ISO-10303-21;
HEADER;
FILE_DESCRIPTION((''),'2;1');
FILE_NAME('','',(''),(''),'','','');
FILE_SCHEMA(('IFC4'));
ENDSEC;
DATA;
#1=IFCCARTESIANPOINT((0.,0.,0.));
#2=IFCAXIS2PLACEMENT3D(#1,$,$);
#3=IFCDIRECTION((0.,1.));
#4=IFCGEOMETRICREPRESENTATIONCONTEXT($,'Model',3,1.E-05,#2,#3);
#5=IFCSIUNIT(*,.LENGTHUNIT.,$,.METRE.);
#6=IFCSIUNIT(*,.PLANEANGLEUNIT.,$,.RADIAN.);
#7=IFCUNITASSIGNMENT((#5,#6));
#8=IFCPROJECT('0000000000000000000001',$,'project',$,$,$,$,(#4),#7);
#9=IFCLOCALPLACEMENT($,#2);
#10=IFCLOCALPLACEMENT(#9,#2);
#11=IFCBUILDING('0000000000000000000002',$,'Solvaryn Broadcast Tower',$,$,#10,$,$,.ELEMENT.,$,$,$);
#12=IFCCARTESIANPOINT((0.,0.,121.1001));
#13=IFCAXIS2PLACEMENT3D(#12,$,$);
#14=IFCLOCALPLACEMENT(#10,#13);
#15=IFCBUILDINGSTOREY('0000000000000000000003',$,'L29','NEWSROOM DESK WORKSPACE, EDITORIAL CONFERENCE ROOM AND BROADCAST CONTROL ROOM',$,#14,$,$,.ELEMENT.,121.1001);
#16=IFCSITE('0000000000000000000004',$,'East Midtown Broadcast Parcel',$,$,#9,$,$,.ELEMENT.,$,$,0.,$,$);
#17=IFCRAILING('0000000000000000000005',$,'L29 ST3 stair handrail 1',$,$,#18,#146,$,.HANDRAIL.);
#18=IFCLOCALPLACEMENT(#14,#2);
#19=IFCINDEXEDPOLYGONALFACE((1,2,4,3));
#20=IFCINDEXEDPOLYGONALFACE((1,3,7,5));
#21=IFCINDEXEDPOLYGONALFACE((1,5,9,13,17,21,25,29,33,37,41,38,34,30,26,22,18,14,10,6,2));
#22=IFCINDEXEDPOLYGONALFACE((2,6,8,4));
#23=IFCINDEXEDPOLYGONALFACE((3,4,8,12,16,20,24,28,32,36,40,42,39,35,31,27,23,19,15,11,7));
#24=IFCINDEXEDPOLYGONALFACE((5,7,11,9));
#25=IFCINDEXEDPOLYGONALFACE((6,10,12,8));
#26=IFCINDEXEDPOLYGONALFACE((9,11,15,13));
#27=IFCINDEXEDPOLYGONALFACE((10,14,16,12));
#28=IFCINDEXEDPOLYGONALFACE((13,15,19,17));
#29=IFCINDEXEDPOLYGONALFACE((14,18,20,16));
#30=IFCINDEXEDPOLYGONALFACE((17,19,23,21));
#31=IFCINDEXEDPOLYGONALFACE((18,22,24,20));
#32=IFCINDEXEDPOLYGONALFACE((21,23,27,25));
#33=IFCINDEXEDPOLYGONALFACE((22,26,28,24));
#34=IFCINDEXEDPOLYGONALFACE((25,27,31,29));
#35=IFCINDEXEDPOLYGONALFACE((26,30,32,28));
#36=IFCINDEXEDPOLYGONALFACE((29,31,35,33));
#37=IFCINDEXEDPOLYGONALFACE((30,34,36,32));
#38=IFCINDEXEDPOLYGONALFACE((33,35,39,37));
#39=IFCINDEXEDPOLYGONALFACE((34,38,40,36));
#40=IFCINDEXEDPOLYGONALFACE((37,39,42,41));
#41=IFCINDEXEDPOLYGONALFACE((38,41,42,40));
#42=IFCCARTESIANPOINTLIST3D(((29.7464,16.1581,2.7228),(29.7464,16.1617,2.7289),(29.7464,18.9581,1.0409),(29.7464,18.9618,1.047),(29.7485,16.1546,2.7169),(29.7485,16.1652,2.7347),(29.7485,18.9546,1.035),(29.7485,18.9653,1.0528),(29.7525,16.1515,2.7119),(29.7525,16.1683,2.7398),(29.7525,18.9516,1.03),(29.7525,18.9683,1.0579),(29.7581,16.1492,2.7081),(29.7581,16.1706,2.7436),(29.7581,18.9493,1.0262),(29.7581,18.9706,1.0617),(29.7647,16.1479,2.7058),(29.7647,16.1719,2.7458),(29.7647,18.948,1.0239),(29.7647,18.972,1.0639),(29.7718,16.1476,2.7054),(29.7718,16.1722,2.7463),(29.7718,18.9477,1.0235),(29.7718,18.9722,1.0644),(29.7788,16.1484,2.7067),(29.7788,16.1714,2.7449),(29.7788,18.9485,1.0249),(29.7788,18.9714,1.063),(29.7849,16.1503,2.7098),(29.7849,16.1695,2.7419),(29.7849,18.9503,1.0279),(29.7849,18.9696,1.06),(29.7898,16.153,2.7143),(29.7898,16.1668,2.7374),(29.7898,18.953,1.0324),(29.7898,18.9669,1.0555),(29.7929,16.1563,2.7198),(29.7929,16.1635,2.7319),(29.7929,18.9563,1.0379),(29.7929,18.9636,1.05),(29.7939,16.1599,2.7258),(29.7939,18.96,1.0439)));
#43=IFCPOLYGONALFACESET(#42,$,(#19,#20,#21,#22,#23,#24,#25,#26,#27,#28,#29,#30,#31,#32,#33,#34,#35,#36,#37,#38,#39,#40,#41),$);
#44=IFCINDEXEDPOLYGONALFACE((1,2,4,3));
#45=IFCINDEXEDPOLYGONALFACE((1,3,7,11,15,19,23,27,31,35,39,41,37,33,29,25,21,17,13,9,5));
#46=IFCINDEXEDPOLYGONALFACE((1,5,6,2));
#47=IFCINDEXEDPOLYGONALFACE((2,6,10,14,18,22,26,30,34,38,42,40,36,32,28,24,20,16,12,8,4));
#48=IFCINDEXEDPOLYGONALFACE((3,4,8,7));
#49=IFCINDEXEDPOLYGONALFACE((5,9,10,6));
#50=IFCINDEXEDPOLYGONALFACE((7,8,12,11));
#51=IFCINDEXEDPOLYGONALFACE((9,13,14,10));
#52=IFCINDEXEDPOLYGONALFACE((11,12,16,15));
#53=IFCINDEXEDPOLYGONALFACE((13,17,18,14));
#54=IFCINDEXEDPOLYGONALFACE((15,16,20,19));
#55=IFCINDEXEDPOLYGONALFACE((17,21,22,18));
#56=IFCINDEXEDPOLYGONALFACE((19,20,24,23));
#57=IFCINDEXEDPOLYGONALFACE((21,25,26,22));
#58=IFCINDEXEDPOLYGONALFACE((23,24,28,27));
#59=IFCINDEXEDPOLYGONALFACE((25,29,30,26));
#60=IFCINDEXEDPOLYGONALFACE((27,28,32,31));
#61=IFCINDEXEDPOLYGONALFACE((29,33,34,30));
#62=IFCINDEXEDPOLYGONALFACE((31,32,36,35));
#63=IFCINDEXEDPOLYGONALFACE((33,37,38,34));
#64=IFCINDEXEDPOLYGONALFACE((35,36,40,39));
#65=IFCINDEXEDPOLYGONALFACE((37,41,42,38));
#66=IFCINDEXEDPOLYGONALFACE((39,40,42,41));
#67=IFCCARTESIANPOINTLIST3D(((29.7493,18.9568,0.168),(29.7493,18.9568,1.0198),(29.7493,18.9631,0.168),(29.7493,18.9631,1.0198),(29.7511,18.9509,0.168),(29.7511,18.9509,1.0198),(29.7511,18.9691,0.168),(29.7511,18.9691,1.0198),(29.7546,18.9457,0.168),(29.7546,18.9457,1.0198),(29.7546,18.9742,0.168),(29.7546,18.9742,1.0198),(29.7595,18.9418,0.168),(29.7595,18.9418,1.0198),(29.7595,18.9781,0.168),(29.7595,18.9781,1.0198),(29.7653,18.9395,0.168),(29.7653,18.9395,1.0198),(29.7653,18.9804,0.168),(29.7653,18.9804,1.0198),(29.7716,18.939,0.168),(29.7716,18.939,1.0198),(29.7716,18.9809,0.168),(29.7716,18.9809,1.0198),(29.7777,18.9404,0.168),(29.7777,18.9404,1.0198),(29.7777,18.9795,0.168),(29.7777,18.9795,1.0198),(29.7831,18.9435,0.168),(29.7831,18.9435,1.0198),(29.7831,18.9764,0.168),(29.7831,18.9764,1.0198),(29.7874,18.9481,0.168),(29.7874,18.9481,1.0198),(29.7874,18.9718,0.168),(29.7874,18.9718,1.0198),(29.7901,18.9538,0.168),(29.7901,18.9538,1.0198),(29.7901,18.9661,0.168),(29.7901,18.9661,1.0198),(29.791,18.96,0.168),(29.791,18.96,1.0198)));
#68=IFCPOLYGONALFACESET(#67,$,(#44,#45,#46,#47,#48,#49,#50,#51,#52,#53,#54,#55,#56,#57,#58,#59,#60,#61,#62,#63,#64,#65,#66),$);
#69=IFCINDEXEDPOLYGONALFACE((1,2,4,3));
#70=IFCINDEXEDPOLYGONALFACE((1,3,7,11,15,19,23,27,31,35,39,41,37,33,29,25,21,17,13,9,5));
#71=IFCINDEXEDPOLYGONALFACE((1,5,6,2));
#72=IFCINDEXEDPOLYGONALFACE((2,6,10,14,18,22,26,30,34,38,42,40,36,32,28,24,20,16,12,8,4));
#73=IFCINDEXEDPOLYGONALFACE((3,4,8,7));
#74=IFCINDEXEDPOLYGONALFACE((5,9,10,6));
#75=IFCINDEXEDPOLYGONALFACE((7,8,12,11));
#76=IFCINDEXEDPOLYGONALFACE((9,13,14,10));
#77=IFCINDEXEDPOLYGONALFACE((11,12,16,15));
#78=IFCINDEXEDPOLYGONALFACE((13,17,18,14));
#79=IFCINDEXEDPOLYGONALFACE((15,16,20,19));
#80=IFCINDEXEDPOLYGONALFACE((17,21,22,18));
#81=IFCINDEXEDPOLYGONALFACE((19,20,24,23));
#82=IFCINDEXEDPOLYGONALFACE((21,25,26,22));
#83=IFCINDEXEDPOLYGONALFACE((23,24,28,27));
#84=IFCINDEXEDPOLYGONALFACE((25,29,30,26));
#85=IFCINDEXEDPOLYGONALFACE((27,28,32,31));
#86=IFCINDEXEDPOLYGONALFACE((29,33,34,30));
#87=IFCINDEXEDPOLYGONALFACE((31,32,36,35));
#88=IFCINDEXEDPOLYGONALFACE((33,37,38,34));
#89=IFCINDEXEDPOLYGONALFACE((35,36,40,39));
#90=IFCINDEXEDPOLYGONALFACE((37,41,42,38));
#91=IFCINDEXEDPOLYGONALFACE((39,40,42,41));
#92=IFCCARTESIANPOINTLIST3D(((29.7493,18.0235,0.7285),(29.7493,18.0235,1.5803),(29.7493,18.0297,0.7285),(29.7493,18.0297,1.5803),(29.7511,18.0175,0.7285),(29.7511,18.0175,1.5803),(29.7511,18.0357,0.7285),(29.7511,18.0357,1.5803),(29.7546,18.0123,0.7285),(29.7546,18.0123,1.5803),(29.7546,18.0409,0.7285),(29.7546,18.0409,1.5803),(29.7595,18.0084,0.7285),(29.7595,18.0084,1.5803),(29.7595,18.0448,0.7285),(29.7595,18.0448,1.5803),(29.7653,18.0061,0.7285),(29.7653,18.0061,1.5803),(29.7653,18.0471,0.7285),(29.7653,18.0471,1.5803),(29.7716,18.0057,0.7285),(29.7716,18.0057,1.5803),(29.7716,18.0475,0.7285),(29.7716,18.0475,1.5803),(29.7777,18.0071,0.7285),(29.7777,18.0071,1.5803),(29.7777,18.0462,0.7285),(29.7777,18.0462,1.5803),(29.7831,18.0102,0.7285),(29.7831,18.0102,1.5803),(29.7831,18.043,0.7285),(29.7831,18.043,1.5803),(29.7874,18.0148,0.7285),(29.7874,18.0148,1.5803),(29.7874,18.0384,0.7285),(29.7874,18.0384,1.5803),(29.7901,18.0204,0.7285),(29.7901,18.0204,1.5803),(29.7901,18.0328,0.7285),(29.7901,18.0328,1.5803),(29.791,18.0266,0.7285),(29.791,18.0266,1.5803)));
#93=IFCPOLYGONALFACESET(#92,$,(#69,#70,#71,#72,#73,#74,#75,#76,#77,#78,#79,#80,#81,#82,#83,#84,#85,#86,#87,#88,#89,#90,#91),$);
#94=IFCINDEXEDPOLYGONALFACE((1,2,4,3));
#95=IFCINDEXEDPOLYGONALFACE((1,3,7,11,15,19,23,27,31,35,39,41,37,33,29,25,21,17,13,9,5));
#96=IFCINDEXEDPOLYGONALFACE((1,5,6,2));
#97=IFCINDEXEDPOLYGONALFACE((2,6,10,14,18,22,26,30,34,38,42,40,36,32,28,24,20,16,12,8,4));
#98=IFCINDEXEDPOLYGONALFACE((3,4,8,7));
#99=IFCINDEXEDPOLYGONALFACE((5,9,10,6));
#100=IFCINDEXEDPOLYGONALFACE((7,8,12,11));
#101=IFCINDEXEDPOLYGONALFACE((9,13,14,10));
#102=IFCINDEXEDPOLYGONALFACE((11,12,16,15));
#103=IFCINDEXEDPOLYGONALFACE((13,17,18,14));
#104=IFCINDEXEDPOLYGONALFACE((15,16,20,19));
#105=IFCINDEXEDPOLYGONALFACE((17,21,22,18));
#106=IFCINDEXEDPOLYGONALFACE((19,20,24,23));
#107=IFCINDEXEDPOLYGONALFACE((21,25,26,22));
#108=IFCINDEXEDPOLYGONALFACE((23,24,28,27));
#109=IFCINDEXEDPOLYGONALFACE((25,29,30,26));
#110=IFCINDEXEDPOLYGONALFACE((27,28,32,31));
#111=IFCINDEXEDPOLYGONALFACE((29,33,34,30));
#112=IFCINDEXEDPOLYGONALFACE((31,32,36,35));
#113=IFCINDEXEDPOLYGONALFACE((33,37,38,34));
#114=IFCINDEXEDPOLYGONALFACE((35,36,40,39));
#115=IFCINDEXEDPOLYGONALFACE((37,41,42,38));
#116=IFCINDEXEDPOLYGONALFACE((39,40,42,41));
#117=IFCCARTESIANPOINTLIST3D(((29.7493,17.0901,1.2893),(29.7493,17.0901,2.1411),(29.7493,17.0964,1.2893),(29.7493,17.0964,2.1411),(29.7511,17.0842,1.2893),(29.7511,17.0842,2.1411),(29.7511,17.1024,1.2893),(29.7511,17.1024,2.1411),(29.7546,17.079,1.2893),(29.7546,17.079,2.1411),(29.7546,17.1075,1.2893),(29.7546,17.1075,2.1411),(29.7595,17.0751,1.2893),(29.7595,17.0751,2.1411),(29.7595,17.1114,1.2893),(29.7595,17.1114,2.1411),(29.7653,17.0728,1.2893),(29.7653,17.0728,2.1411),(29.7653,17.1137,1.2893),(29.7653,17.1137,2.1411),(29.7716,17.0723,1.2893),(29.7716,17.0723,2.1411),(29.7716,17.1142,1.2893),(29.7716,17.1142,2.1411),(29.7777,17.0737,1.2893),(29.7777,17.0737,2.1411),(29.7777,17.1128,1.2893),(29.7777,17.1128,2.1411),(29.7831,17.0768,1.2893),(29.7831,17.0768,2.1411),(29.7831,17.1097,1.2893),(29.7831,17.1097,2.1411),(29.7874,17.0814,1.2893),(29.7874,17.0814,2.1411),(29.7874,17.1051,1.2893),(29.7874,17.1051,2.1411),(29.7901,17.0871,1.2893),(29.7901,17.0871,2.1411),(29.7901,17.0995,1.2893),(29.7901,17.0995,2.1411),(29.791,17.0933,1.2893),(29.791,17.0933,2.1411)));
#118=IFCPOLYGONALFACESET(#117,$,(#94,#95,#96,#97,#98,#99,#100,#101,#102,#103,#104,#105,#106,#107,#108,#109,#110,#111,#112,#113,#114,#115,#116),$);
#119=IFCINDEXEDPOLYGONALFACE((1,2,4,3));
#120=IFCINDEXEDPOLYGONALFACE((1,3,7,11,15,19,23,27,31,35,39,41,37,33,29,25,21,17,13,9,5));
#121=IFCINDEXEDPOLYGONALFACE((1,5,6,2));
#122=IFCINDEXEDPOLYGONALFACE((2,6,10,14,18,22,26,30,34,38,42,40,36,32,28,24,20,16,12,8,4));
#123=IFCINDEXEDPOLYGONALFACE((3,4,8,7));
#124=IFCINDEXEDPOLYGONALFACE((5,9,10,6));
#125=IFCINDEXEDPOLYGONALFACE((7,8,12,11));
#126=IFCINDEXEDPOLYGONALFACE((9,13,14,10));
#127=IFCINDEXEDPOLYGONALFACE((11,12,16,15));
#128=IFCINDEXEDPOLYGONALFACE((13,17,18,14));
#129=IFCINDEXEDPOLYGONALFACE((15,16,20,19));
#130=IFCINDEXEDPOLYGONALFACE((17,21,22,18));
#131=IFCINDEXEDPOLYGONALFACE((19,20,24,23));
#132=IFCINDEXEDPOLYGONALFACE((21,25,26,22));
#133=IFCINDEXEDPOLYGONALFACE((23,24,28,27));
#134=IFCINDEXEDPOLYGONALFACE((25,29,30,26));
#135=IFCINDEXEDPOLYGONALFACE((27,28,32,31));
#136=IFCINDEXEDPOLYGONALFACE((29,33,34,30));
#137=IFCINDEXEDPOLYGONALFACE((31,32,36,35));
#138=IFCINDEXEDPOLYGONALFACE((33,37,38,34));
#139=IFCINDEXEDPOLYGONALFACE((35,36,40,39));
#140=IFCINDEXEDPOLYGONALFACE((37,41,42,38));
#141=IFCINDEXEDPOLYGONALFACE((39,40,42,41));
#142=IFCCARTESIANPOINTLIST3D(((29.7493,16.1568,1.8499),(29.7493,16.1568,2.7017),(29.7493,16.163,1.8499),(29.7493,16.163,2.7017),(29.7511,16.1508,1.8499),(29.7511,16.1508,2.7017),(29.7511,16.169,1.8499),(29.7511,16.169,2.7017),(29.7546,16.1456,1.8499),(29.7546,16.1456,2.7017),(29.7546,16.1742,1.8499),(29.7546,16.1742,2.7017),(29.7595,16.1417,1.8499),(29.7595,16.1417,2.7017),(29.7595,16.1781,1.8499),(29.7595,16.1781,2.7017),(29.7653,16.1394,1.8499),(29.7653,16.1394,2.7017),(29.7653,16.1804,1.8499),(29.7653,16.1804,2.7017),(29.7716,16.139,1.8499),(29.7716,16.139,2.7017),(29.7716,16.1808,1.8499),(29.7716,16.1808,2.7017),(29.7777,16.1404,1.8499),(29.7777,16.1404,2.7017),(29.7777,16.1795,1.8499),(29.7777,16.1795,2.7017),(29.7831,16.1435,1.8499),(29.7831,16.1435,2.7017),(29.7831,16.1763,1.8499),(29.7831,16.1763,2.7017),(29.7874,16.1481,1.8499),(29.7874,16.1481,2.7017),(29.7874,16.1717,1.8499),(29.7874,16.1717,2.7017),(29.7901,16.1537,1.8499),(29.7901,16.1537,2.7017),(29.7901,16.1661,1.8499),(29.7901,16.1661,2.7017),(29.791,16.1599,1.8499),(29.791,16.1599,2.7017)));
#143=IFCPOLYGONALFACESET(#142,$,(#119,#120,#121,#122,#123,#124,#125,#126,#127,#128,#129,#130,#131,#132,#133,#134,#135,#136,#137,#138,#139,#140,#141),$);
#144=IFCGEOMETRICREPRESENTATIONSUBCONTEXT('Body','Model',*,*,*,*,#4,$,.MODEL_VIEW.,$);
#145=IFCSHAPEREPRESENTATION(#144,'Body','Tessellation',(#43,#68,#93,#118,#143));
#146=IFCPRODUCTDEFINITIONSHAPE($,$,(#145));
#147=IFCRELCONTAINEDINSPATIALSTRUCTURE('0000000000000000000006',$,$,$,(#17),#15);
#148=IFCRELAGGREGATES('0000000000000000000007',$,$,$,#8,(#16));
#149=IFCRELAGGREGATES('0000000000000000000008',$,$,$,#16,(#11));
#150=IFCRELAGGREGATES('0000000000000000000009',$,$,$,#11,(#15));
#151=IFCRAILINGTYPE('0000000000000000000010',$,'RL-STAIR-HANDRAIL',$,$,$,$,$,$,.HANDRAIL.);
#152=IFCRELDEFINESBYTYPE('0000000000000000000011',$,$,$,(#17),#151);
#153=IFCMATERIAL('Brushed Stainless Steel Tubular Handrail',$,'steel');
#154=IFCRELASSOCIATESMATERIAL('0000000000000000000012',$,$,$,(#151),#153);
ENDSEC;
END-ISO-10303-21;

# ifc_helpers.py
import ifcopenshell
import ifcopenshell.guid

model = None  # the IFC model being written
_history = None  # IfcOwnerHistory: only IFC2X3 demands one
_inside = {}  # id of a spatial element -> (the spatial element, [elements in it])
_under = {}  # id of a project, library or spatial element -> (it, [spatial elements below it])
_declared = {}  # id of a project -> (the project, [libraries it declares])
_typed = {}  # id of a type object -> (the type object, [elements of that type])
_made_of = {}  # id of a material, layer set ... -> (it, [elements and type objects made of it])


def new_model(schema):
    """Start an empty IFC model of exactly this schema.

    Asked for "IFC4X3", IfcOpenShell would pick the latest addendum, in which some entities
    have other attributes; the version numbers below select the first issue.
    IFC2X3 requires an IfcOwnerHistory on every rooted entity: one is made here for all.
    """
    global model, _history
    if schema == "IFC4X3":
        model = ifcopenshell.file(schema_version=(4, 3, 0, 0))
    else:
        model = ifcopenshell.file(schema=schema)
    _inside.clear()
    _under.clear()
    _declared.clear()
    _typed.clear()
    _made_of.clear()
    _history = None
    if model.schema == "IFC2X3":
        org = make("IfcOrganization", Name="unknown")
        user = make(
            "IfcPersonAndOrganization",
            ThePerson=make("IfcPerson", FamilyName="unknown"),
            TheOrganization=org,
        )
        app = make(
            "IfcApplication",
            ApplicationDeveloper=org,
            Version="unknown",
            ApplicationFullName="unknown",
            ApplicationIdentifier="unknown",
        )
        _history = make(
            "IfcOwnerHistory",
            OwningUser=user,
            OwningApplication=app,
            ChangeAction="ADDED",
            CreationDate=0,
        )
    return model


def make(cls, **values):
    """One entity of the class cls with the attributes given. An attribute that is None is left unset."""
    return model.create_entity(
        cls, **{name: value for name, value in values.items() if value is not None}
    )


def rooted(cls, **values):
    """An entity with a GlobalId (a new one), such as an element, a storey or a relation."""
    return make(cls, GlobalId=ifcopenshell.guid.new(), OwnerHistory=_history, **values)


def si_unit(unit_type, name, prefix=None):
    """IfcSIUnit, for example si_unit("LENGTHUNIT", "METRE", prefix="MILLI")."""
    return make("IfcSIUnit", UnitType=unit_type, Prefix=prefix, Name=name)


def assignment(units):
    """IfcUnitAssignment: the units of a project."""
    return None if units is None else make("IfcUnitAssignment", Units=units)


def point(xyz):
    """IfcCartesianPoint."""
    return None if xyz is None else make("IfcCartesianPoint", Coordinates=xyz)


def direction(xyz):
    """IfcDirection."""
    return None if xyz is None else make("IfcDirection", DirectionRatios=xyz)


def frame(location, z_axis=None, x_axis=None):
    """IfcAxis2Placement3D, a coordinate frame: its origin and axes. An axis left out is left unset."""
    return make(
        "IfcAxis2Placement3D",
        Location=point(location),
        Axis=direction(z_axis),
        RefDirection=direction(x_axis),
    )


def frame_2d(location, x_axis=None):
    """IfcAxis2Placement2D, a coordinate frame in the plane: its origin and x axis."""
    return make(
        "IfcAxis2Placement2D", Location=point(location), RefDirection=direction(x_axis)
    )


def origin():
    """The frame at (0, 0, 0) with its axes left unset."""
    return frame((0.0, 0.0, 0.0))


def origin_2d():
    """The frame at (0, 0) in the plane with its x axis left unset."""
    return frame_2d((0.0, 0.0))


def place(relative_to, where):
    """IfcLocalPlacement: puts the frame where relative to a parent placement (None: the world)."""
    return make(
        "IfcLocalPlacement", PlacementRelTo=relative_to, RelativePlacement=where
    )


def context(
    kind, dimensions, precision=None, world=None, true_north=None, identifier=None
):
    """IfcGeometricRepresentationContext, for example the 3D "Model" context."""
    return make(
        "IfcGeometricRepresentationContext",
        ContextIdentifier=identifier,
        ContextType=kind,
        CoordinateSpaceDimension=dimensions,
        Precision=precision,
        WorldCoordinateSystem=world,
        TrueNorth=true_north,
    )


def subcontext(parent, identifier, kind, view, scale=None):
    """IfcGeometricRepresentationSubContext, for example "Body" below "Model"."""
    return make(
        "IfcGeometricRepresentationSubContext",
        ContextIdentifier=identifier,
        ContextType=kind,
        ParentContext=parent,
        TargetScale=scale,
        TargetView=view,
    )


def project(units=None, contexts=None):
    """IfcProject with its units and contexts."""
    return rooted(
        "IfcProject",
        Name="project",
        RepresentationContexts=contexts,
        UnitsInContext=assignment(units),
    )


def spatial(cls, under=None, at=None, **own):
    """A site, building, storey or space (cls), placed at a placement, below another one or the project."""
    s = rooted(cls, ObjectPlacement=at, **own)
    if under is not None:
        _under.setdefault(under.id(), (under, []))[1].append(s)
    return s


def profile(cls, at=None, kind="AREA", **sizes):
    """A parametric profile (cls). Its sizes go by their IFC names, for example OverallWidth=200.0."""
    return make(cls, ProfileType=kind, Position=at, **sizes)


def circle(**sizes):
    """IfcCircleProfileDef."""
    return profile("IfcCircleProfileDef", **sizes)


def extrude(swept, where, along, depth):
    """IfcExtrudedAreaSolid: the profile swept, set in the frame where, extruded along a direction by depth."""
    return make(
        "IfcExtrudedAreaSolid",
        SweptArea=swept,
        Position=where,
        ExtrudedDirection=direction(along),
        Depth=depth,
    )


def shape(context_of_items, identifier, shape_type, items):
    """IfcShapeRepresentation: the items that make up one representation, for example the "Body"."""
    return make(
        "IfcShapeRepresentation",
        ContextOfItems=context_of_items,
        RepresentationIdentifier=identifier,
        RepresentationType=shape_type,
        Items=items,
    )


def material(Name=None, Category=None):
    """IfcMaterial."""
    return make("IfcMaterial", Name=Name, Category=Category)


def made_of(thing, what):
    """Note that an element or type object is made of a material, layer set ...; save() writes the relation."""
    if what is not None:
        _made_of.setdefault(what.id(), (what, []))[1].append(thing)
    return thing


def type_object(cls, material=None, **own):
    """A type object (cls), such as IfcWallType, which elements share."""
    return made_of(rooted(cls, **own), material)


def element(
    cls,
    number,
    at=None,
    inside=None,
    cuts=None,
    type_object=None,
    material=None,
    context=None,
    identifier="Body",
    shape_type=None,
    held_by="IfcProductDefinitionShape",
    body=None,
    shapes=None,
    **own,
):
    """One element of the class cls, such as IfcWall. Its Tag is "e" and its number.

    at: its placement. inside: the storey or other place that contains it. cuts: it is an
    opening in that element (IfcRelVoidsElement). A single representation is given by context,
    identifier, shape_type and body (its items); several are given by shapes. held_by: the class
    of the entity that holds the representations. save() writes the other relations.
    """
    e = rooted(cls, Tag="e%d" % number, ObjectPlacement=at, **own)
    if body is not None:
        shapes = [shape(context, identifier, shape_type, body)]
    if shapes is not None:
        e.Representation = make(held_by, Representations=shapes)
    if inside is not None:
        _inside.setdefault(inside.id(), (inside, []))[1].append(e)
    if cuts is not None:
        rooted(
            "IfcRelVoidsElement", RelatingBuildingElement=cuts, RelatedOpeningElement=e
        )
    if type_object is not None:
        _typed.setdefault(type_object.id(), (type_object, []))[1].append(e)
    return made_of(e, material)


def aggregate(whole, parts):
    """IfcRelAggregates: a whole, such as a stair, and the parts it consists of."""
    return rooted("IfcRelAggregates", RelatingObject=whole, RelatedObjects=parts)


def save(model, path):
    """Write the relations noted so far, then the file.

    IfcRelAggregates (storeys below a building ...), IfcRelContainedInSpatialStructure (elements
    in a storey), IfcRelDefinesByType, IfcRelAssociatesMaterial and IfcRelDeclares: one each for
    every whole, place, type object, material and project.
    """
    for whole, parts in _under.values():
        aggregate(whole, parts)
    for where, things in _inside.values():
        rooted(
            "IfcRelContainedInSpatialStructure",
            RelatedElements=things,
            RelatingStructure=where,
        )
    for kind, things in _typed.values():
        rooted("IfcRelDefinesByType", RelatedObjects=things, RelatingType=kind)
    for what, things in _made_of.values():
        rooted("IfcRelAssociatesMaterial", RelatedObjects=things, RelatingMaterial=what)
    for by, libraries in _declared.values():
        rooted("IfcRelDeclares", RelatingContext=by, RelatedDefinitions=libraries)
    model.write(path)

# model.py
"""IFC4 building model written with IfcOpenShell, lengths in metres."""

from ifc_helpers import new_model, si_unit, direction, frame, origin, origin_2d, place, context, subcontext, project, spatial, circle, extrude, material, type_object, element, save


model = new_model("IFC4")

# Units and contexts
model_context = context("Model", 3, precision=1e-05, world=origin(), true_north=direction((0.0, 1.0)))
body_context = subcontext(model_context, "Body", "Model", "MODEL_VIEW")
ifc_project = project(units=[si_unit("LENGTHUNIT", "METRE"), si_unit("PLANEANGLEUNIT", "RADIAN")], contexts=[model_context])

# Site, building, storey
site_placement = place(None, origin())
site = spatial("IfcSite", under=ifc_project, at=site_placement, Name="East Midtown Broadcast Parcel", CompositionType="ELEMENT", RefElevation=0.0)
building_placement = place(site_placement, origin())
building = spatial("IfcBuilding", under=site, at=building_placement, Name="Solvaryn Broadcast Tower", CompositionType="ELEMENT")
storey_placement = place(building_placement, frame((0.0, 0.0, 121.1001)))
storey = spatial("IfcBuildingStorey", under=building, at=storey_placement, Name="L29", Description="NEWSROOM DESK WORKSPACE, EDITORIAL CONFERENCE ROOM AND BROADCAST CONTROL ROOM", CompositionType="ELEMENT", Elevation=121.1001)

# Railing
ifc_material_1 = material(Name="Brushed Stainless Steel Tubular Handrail", Category="steel")
railing_type_1 = type_object("IfcRailingType", Name="RL-STAIR-HANDRAIL", PredefinedType="HANDRAIL", material=ifc_material_1)
railing_1_placement = place(storey_placement, frame((29.77, 18.96, 0.168)))
element("IfcRailing", 1, at=railing_1_placement, inside=storey, type_object=railing_type_1, Name="L29 ST3 stair handrail 1", PredefinedType="HANDRAIL", context=body_context, shape_type="SweptSolid", body=[
    extrude(circle(Radius=0.0239, at=origin_2d()), frame((0.0, 0.0, 0.876), z_axis=(0.0, -0.857242, 0.514913), x_axis=(1.0, 0.0, 0.0)), (0.0, 0.0, 1.0), 3.2664),
    extrude(circle(Radius=0.021, at=origin_2d()), origin(), (0.0, 0.0, 1.0), 0.8518),
    extrude(circle(Radius=0.021, at=origin_2d()), frame((0.0, -0.9333, 0.5605)), (0.0, 0.0, 1.0), 0.8518),
    extrude(circle(Radius=0.021, at=origin_2d()), frame((0.0, -1.8667, 1.1213)), (0.0, 0.0, 1.0), 0.8518),
    extrude(circle(Radius=0.021, at=origin_2d()), frame((0.0, -2.8, 1.6819)), (0.0, 0.0, 1.0), 0.8518),
])

save(model, "model.ifc")
